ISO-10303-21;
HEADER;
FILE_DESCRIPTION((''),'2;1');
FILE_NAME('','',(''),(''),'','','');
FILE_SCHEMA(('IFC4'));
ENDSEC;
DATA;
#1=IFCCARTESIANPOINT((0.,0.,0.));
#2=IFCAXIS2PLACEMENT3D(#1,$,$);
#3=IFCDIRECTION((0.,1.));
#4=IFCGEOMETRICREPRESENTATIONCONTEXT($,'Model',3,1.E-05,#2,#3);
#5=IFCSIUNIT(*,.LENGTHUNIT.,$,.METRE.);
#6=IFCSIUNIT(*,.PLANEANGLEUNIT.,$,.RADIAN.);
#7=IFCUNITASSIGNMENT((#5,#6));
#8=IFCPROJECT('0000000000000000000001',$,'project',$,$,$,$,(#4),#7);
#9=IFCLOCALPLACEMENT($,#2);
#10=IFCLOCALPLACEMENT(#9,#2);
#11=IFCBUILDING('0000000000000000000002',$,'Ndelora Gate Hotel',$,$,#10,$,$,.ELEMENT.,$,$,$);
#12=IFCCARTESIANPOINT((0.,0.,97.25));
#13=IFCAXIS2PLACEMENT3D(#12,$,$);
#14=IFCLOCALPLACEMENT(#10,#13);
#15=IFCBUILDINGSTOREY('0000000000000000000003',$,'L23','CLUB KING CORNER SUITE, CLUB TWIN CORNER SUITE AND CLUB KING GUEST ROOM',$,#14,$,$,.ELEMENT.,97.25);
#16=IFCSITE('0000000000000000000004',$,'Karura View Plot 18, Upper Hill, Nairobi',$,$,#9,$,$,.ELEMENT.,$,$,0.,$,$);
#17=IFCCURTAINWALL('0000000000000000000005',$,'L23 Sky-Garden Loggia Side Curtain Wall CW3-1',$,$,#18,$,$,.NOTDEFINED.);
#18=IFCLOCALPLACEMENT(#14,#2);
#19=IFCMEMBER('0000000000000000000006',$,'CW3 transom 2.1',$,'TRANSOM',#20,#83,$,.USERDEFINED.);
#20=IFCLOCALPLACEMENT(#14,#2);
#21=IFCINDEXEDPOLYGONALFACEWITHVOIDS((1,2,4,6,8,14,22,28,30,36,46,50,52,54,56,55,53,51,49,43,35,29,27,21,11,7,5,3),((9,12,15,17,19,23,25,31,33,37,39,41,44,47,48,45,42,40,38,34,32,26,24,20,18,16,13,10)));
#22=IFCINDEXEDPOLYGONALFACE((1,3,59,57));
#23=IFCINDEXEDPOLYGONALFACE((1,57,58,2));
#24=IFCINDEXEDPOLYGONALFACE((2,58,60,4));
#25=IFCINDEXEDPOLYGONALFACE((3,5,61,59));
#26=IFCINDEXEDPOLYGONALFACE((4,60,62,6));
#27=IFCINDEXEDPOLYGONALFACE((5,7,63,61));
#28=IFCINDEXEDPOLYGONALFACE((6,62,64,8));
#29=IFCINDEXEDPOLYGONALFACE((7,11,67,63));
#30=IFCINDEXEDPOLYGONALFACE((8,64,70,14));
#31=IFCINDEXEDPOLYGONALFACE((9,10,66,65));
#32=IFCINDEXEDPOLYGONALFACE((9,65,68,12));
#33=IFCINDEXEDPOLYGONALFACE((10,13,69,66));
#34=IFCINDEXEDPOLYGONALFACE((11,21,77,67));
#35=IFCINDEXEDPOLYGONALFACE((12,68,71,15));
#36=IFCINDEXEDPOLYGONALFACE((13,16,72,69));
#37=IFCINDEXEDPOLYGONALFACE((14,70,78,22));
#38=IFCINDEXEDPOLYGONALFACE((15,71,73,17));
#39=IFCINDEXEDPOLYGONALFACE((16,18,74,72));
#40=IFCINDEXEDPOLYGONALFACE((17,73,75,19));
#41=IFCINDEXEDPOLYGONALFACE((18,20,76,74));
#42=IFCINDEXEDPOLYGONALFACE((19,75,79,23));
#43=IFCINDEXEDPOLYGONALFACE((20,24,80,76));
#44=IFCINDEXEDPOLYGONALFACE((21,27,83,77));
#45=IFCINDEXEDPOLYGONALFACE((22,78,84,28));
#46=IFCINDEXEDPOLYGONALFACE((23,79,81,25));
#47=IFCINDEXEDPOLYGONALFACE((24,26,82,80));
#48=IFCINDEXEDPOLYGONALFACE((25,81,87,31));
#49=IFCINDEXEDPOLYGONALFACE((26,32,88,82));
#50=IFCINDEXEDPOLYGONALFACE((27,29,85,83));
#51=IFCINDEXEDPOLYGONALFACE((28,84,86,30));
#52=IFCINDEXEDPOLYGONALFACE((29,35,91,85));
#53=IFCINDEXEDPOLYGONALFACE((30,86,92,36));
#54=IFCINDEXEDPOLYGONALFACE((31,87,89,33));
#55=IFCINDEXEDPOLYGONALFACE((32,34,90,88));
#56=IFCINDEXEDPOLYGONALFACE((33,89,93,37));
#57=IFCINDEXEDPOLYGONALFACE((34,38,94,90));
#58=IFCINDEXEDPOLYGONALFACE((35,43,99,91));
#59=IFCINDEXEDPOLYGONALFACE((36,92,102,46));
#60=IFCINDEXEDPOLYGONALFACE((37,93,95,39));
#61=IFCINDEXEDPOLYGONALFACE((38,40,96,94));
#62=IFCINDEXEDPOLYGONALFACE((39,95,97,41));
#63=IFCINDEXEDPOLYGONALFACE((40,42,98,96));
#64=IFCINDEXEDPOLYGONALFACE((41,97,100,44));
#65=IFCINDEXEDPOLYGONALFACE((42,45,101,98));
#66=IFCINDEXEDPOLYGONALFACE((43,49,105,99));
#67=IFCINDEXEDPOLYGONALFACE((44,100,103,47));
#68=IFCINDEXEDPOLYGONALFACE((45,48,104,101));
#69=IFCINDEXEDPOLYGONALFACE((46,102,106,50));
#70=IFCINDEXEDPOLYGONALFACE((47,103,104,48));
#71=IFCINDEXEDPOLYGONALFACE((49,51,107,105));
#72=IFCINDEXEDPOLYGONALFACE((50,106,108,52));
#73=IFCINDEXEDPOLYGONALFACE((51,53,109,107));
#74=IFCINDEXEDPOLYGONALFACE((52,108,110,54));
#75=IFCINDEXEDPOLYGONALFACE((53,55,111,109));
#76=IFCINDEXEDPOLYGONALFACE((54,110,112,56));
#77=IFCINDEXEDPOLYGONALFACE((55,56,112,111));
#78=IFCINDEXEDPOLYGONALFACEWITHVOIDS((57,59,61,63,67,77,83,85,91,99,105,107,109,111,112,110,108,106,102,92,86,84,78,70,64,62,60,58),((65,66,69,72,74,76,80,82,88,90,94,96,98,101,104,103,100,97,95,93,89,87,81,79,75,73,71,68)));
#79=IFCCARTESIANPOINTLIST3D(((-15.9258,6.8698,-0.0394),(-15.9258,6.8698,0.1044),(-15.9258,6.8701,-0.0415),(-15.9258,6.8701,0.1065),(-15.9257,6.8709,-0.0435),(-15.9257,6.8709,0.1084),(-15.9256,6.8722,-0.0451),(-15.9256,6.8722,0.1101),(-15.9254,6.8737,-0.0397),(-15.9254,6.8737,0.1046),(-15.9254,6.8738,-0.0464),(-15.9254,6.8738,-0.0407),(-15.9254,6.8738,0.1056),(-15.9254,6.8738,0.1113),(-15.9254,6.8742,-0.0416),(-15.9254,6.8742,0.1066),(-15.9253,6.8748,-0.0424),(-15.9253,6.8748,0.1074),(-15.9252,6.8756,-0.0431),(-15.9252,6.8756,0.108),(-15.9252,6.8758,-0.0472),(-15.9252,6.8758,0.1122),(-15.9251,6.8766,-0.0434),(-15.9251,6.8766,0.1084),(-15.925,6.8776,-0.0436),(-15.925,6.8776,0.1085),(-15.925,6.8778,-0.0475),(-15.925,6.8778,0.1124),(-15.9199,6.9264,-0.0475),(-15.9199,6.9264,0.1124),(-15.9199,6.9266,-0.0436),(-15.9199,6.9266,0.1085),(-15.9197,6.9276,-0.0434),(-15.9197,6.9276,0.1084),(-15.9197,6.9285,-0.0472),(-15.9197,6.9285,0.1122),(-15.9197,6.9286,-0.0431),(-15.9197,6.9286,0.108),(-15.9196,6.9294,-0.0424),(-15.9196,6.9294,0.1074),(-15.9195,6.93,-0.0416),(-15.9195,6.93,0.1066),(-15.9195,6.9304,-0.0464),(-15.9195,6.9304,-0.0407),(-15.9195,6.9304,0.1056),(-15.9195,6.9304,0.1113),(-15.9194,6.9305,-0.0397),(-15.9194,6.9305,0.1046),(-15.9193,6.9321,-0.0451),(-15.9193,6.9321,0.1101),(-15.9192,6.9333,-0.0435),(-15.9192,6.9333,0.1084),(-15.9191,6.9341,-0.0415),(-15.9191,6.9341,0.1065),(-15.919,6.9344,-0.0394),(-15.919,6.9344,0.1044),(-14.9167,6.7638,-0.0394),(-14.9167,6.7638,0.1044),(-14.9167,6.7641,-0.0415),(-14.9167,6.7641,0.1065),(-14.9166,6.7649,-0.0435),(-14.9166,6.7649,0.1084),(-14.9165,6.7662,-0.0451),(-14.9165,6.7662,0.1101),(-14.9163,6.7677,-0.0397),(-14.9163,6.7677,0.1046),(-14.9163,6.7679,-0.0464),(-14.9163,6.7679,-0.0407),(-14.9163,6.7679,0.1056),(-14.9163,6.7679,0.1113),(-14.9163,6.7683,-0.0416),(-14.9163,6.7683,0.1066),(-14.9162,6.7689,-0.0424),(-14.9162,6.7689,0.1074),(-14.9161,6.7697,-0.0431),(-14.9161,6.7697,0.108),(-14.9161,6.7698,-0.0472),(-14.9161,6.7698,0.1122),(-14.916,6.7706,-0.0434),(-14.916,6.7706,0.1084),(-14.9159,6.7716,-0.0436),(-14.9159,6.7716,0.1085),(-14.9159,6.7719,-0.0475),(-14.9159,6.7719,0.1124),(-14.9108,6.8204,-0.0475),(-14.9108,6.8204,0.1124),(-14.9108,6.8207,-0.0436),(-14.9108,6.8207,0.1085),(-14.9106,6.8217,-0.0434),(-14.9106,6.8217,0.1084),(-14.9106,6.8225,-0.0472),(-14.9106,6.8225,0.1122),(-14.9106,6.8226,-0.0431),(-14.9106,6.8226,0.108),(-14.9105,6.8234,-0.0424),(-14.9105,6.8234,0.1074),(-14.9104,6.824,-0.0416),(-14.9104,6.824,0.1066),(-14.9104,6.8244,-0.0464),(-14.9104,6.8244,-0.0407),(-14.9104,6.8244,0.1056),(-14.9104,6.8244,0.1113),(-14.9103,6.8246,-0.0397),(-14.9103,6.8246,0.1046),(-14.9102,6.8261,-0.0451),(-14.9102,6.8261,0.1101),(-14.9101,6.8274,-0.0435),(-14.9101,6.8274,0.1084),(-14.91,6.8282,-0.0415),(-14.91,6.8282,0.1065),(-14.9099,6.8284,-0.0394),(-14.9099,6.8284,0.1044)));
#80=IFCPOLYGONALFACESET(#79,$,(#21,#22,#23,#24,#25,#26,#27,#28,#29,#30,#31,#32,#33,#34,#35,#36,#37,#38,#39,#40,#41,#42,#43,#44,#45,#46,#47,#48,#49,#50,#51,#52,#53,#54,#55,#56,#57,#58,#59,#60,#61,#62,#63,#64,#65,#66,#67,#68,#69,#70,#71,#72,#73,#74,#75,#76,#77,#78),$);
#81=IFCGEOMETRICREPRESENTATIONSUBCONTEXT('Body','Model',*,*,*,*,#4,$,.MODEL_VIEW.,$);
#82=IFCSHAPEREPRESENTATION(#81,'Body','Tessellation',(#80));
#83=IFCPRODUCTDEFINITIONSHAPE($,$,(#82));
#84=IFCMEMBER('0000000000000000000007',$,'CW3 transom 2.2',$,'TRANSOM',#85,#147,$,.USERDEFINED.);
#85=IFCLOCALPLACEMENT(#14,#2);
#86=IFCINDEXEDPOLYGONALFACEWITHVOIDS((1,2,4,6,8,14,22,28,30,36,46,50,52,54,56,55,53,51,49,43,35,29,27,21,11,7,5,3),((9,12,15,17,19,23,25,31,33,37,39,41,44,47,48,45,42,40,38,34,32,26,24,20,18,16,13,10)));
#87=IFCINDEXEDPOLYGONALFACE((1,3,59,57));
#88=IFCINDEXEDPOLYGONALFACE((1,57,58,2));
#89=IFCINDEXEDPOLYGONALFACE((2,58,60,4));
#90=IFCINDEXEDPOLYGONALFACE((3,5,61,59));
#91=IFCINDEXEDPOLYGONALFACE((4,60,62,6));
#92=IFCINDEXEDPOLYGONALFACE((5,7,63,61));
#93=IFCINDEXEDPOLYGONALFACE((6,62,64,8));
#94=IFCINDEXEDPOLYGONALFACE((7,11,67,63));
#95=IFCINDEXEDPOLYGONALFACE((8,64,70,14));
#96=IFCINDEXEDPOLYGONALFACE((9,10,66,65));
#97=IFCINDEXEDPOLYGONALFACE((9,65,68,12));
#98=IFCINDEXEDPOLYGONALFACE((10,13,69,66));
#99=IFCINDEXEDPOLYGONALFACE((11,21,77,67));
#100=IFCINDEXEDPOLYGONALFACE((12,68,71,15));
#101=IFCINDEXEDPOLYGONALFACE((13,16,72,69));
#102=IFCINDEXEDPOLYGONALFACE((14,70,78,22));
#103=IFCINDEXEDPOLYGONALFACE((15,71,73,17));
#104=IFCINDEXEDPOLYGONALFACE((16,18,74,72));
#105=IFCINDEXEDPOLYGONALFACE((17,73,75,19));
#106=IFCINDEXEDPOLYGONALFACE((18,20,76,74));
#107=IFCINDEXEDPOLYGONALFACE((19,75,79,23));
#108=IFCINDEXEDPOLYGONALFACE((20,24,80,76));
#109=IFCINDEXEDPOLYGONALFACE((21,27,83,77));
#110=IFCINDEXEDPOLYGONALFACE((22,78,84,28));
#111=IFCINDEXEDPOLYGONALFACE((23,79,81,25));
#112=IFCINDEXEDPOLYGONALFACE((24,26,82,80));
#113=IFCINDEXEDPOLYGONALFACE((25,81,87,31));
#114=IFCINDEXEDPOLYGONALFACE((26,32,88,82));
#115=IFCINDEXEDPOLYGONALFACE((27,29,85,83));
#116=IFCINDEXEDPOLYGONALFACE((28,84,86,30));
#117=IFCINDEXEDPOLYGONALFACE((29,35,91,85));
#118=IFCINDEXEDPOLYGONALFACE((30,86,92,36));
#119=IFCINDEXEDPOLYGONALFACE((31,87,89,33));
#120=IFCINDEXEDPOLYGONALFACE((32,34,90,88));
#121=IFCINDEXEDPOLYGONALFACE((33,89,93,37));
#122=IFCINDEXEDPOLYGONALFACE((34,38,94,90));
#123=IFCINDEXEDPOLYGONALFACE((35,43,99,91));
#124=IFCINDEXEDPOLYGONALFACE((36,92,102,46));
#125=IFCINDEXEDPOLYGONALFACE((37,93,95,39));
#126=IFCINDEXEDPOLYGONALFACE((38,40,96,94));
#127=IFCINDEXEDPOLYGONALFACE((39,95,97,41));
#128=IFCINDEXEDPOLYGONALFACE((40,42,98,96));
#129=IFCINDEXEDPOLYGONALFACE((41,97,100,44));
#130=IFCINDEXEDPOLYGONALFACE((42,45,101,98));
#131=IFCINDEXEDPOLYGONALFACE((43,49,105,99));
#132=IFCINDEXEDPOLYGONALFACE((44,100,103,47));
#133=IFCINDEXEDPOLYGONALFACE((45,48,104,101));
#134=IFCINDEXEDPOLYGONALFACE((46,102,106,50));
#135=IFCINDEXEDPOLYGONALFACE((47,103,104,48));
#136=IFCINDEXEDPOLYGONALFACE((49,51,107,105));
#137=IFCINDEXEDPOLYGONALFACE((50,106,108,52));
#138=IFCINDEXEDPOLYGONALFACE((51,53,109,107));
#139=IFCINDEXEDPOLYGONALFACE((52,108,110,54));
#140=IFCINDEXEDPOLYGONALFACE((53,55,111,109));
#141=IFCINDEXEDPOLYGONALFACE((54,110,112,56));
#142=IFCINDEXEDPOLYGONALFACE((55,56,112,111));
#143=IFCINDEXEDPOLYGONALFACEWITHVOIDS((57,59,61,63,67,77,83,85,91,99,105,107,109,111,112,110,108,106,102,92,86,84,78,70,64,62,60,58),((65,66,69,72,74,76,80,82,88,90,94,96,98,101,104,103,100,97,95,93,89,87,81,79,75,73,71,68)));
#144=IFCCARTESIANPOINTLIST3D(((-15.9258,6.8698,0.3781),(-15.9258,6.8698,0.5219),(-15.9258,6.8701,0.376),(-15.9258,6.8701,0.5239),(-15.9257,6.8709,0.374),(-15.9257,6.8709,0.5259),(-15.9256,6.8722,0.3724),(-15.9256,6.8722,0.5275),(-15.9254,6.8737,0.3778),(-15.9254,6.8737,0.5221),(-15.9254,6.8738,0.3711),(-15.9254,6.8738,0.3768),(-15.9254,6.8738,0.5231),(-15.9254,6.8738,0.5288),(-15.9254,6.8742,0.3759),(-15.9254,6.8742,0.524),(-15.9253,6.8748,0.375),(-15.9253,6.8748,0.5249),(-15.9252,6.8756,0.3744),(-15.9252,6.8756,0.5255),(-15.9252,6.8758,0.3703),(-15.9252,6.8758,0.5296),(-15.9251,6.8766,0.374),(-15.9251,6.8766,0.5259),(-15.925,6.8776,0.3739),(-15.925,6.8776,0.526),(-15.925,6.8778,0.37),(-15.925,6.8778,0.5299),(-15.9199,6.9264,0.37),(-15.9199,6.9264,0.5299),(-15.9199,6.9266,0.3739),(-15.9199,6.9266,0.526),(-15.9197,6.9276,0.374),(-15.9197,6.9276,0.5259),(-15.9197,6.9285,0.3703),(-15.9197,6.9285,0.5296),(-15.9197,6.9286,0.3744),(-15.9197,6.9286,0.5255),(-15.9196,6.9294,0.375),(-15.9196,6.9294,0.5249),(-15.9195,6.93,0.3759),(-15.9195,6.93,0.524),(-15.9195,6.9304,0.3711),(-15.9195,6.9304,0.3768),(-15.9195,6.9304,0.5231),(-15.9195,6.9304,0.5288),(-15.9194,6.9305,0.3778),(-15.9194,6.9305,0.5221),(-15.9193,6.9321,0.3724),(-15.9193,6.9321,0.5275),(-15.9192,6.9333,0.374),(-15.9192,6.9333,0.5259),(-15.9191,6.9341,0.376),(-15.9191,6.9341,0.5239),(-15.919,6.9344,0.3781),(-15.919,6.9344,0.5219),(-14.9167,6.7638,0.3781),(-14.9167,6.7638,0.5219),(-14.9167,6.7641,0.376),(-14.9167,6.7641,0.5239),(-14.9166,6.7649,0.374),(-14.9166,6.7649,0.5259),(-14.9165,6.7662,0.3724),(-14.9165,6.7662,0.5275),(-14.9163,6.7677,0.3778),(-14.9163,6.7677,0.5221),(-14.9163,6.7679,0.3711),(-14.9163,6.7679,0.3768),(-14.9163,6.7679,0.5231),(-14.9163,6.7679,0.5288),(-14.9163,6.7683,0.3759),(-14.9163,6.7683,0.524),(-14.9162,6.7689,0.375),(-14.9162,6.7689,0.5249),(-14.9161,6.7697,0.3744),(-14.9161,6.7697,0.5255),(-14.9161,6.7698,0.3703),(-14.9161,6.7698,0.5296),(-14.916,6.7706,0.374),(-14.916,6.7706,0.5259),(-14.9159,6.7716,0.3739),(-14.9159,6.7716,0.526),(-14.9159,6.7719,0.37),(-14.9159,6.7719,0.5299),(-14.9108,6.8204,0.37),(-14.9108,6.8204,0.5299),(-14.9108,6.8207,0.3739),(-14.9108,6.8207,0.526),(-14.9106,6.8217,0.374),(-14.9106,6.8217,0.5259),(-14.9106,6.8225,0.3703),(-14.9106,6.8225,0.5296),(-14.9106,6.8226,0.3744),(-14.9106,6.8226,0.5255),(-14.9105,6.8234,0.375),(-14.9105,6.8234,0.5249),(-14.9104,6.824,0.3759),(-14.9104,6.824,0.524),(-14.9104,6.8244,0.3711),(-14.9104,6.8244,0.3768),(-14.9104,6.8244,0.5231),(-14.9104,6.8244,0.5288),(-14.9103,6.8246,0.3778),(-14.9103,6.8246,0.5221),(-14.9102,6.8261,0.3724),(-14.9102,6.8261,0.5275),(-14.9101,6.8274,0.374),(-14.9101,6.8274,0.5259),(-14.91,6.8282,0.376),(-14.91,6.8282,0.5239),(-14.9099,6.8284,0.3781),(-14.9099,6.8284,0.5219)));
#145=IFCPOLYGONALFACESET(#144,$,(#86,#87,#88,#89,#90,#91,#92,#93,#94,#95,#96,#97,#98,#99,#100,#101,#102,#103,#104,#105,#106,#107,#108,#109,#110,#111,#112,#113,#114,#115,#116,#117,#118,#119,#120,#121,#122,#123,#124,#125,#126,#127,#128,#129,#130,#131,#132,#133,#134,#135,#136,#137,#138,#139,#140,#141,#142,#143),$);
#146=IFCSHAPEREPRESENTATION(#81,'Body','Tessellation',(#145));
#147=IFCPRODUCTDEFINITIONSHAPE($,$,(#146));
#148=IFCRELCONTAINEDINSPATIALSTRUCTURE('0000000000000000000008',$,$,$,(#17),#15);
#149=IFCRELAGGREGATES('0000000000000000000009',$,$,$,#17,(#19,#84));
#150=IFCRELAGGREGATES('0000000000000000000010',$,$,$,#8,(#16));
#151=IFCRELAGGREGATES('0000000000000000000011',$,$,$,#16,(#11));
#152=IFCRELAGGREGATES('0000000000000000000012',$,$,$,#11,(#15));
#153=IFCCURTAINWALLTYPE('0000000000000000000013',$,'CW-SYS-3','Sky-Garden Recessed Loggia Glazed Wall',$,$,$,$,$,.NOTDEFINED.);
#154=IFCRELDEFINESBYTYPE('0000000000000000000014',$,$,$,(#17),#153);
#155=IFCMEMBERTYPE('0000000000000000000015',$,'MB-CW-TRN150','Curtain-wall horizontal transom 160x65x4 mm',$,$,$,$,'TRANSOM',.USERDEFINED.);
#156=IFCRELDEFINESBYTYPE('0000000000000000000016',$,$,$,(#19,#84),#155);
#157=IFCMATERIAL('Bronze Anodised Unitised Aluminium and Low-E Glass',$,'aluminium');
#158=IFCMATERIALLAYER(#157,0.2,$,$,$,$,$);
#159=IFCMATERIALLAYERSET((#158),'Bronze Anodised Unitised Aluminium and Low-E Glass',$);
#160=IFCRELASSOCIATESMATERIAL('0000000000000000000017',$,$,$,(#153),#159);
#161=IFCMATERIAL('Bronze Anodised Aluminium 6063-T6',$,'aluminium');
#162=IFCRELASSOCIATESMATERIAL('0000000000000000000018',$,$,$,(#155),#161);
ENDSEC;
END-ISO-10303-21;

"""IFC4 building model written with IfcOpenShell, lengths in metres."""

from ifc_helpers import new_model, si_unit, direction, frame, origin, origin_2d, place, context, subcontext, project, spatial, hollow_rectangle, extrude, material, layer, layer_set, material_profile, profile_set, type_object, element, aggregate, save


model = new_model("IFC4")

# Units and contexts
model_context = context("Model", 3, precision=1e-05, world=origin(), true_north=direction((0.0, 1.0)))
body_context = subcontext(model_context, "Body", "Model", "MODEL_VIEW")
ifc_project = project(units=[si_unit("LENGTHUNIT", "METRE"), si_unit("PLANEANGLEUNIT", "RADIAN")], contexts=[model_context])

# Site, building, storey
site_placement = place(None, origin())
site = spatial("IfcSite", under=ifc_project, at=site_placement, Name="Karura View Plot 18, Upper Hill, Nairobi", CompositionType="ELEMENT", RefElevation=0.0)
building_placement = place(site_placement, origin())
building = spatial("IfcBuilding", under=site, at=building_placement, Name="Ndelora Gate Hotel", CompositionType="ELEMENT")
storey_placement = place(building_placement, frame((0.0, 0.0, 97.25)))
storey = spatial("IfcBuildingStorey", under=building, at=storey_placement, Name="L23", Description="CLUB KING CORNER SUITE, CLUB TWIN CORNER SUITE AND CLUB KING GUEST ROOM", CompositionType="ELEMENT", Elevation=97.25)

# Curtain wall, members
ifc_material_1 = material(Name="Bronze Anodised Unitised Aluminium and Low-E Glass", Category="aluminium")
ifc_layer_1 = layer(ifc_material_1, 0.2)
ifc_layer_set_1 = layer_set([ifc_layer_1], Name="Bronze Anodised Unitised Aluminium and Low-E Glass")
curtain_wall_type = type_object("IfcCurtainWallType", Name="CW-SYS-3", Description="Sky-Garden Recessed Loggia Glazed Wall", PredefinedType="NOTDEFINED", material=ifc_layer_set_1)
curtain_wall_placement = place(storey_placement, origin())
curtain_wall = element("IfcCurtainWall", 1, at=curtain_wall_placement, inside=storey, type_object=curtain_wall_type, Name="L23 Sky-Garden Loggia Side Curtain Wall CW3-1", PredefinedType="NOTDEFINED")
ifc_material_2 = material(Name="Bronze Anodised Aluminium 6063-T6", Category="aluminium")
ifc_material_profile_1 = material_profile(ifc_material_2, hollow_rectangle(XDim=0.0649, YDim=0.1599, WallThickness=0.0039, InnerFilletRadius=0.0039, OuterFilletRadius=0.0081, at=origin_2d()), Name="ALU 160x65x4")
ifc_profile_set_1 = profile_set([ifc_material_profile_1], Name="Bronze Anodised Aluminium 6063-T6")
member_type_1 = type_object("IfcMemberType", Name="MB-CW-TRN150", Description="Curtain-wall horizontal transom 160x65x4 mm", ElementType="TRANSOM", PredefinedType="USERDEFINED", material=ifc_profile_set_1)
member_1_placement = place(storey_placement, frame((-14.9133, 6.7961, 0.0325), z_axis=(-0.994532, 0.104434, 0.0), x_axis=(-0.104434, -0.994532, 0.0)))
member_1 = element("IfcMember", 2, at=member_1_placement, type_object=member_type_1, Name="CW3 transom 2.1", ObjectType="TRANSOM", PredefinedType="USERDEFINED", context=body_context, shape_type="SweptSolid", body=[
    extrude(hollow_rectangle(XDim=0.0649, YDim=0.1599, WallThickness=0.0039, InnerFilletRadius=0.0039, OuterFilletRadius=0.0081, at=origin_2d()), origin(), (0.0, 0.0, 1.0), 1.0146),
])
member_2_placement = place(storey_placement, frame((-14.9133, 6.7961, 0.45), z_axis=(-0.994532, 0.104434, 0.0), x_axis=(-0.104434, -0.994532, 0.0)))
member_2 = element("IfcMember", 3, at=member_2_placement, type_object=member_type_1, Name="CW3 transom 2.2", ObjectType="TRANSOM", PredefinedType="USERDEFINED", context=body_context, shape_type="SweptSolid", body=[
    extrude(hollow_rectangle(XDim=0.0649, YDim=0.1599, WallThickness=0.0039, InnerFilletRadius=0.0039, OuterFilletRadius=0.0081, at=origin_2d()), origin(), (0.0, 0.0, 1.0), 1.0146),
])
aggregate(curtain_wall, [member_1, member_2])

save(model, "model.ifc")
